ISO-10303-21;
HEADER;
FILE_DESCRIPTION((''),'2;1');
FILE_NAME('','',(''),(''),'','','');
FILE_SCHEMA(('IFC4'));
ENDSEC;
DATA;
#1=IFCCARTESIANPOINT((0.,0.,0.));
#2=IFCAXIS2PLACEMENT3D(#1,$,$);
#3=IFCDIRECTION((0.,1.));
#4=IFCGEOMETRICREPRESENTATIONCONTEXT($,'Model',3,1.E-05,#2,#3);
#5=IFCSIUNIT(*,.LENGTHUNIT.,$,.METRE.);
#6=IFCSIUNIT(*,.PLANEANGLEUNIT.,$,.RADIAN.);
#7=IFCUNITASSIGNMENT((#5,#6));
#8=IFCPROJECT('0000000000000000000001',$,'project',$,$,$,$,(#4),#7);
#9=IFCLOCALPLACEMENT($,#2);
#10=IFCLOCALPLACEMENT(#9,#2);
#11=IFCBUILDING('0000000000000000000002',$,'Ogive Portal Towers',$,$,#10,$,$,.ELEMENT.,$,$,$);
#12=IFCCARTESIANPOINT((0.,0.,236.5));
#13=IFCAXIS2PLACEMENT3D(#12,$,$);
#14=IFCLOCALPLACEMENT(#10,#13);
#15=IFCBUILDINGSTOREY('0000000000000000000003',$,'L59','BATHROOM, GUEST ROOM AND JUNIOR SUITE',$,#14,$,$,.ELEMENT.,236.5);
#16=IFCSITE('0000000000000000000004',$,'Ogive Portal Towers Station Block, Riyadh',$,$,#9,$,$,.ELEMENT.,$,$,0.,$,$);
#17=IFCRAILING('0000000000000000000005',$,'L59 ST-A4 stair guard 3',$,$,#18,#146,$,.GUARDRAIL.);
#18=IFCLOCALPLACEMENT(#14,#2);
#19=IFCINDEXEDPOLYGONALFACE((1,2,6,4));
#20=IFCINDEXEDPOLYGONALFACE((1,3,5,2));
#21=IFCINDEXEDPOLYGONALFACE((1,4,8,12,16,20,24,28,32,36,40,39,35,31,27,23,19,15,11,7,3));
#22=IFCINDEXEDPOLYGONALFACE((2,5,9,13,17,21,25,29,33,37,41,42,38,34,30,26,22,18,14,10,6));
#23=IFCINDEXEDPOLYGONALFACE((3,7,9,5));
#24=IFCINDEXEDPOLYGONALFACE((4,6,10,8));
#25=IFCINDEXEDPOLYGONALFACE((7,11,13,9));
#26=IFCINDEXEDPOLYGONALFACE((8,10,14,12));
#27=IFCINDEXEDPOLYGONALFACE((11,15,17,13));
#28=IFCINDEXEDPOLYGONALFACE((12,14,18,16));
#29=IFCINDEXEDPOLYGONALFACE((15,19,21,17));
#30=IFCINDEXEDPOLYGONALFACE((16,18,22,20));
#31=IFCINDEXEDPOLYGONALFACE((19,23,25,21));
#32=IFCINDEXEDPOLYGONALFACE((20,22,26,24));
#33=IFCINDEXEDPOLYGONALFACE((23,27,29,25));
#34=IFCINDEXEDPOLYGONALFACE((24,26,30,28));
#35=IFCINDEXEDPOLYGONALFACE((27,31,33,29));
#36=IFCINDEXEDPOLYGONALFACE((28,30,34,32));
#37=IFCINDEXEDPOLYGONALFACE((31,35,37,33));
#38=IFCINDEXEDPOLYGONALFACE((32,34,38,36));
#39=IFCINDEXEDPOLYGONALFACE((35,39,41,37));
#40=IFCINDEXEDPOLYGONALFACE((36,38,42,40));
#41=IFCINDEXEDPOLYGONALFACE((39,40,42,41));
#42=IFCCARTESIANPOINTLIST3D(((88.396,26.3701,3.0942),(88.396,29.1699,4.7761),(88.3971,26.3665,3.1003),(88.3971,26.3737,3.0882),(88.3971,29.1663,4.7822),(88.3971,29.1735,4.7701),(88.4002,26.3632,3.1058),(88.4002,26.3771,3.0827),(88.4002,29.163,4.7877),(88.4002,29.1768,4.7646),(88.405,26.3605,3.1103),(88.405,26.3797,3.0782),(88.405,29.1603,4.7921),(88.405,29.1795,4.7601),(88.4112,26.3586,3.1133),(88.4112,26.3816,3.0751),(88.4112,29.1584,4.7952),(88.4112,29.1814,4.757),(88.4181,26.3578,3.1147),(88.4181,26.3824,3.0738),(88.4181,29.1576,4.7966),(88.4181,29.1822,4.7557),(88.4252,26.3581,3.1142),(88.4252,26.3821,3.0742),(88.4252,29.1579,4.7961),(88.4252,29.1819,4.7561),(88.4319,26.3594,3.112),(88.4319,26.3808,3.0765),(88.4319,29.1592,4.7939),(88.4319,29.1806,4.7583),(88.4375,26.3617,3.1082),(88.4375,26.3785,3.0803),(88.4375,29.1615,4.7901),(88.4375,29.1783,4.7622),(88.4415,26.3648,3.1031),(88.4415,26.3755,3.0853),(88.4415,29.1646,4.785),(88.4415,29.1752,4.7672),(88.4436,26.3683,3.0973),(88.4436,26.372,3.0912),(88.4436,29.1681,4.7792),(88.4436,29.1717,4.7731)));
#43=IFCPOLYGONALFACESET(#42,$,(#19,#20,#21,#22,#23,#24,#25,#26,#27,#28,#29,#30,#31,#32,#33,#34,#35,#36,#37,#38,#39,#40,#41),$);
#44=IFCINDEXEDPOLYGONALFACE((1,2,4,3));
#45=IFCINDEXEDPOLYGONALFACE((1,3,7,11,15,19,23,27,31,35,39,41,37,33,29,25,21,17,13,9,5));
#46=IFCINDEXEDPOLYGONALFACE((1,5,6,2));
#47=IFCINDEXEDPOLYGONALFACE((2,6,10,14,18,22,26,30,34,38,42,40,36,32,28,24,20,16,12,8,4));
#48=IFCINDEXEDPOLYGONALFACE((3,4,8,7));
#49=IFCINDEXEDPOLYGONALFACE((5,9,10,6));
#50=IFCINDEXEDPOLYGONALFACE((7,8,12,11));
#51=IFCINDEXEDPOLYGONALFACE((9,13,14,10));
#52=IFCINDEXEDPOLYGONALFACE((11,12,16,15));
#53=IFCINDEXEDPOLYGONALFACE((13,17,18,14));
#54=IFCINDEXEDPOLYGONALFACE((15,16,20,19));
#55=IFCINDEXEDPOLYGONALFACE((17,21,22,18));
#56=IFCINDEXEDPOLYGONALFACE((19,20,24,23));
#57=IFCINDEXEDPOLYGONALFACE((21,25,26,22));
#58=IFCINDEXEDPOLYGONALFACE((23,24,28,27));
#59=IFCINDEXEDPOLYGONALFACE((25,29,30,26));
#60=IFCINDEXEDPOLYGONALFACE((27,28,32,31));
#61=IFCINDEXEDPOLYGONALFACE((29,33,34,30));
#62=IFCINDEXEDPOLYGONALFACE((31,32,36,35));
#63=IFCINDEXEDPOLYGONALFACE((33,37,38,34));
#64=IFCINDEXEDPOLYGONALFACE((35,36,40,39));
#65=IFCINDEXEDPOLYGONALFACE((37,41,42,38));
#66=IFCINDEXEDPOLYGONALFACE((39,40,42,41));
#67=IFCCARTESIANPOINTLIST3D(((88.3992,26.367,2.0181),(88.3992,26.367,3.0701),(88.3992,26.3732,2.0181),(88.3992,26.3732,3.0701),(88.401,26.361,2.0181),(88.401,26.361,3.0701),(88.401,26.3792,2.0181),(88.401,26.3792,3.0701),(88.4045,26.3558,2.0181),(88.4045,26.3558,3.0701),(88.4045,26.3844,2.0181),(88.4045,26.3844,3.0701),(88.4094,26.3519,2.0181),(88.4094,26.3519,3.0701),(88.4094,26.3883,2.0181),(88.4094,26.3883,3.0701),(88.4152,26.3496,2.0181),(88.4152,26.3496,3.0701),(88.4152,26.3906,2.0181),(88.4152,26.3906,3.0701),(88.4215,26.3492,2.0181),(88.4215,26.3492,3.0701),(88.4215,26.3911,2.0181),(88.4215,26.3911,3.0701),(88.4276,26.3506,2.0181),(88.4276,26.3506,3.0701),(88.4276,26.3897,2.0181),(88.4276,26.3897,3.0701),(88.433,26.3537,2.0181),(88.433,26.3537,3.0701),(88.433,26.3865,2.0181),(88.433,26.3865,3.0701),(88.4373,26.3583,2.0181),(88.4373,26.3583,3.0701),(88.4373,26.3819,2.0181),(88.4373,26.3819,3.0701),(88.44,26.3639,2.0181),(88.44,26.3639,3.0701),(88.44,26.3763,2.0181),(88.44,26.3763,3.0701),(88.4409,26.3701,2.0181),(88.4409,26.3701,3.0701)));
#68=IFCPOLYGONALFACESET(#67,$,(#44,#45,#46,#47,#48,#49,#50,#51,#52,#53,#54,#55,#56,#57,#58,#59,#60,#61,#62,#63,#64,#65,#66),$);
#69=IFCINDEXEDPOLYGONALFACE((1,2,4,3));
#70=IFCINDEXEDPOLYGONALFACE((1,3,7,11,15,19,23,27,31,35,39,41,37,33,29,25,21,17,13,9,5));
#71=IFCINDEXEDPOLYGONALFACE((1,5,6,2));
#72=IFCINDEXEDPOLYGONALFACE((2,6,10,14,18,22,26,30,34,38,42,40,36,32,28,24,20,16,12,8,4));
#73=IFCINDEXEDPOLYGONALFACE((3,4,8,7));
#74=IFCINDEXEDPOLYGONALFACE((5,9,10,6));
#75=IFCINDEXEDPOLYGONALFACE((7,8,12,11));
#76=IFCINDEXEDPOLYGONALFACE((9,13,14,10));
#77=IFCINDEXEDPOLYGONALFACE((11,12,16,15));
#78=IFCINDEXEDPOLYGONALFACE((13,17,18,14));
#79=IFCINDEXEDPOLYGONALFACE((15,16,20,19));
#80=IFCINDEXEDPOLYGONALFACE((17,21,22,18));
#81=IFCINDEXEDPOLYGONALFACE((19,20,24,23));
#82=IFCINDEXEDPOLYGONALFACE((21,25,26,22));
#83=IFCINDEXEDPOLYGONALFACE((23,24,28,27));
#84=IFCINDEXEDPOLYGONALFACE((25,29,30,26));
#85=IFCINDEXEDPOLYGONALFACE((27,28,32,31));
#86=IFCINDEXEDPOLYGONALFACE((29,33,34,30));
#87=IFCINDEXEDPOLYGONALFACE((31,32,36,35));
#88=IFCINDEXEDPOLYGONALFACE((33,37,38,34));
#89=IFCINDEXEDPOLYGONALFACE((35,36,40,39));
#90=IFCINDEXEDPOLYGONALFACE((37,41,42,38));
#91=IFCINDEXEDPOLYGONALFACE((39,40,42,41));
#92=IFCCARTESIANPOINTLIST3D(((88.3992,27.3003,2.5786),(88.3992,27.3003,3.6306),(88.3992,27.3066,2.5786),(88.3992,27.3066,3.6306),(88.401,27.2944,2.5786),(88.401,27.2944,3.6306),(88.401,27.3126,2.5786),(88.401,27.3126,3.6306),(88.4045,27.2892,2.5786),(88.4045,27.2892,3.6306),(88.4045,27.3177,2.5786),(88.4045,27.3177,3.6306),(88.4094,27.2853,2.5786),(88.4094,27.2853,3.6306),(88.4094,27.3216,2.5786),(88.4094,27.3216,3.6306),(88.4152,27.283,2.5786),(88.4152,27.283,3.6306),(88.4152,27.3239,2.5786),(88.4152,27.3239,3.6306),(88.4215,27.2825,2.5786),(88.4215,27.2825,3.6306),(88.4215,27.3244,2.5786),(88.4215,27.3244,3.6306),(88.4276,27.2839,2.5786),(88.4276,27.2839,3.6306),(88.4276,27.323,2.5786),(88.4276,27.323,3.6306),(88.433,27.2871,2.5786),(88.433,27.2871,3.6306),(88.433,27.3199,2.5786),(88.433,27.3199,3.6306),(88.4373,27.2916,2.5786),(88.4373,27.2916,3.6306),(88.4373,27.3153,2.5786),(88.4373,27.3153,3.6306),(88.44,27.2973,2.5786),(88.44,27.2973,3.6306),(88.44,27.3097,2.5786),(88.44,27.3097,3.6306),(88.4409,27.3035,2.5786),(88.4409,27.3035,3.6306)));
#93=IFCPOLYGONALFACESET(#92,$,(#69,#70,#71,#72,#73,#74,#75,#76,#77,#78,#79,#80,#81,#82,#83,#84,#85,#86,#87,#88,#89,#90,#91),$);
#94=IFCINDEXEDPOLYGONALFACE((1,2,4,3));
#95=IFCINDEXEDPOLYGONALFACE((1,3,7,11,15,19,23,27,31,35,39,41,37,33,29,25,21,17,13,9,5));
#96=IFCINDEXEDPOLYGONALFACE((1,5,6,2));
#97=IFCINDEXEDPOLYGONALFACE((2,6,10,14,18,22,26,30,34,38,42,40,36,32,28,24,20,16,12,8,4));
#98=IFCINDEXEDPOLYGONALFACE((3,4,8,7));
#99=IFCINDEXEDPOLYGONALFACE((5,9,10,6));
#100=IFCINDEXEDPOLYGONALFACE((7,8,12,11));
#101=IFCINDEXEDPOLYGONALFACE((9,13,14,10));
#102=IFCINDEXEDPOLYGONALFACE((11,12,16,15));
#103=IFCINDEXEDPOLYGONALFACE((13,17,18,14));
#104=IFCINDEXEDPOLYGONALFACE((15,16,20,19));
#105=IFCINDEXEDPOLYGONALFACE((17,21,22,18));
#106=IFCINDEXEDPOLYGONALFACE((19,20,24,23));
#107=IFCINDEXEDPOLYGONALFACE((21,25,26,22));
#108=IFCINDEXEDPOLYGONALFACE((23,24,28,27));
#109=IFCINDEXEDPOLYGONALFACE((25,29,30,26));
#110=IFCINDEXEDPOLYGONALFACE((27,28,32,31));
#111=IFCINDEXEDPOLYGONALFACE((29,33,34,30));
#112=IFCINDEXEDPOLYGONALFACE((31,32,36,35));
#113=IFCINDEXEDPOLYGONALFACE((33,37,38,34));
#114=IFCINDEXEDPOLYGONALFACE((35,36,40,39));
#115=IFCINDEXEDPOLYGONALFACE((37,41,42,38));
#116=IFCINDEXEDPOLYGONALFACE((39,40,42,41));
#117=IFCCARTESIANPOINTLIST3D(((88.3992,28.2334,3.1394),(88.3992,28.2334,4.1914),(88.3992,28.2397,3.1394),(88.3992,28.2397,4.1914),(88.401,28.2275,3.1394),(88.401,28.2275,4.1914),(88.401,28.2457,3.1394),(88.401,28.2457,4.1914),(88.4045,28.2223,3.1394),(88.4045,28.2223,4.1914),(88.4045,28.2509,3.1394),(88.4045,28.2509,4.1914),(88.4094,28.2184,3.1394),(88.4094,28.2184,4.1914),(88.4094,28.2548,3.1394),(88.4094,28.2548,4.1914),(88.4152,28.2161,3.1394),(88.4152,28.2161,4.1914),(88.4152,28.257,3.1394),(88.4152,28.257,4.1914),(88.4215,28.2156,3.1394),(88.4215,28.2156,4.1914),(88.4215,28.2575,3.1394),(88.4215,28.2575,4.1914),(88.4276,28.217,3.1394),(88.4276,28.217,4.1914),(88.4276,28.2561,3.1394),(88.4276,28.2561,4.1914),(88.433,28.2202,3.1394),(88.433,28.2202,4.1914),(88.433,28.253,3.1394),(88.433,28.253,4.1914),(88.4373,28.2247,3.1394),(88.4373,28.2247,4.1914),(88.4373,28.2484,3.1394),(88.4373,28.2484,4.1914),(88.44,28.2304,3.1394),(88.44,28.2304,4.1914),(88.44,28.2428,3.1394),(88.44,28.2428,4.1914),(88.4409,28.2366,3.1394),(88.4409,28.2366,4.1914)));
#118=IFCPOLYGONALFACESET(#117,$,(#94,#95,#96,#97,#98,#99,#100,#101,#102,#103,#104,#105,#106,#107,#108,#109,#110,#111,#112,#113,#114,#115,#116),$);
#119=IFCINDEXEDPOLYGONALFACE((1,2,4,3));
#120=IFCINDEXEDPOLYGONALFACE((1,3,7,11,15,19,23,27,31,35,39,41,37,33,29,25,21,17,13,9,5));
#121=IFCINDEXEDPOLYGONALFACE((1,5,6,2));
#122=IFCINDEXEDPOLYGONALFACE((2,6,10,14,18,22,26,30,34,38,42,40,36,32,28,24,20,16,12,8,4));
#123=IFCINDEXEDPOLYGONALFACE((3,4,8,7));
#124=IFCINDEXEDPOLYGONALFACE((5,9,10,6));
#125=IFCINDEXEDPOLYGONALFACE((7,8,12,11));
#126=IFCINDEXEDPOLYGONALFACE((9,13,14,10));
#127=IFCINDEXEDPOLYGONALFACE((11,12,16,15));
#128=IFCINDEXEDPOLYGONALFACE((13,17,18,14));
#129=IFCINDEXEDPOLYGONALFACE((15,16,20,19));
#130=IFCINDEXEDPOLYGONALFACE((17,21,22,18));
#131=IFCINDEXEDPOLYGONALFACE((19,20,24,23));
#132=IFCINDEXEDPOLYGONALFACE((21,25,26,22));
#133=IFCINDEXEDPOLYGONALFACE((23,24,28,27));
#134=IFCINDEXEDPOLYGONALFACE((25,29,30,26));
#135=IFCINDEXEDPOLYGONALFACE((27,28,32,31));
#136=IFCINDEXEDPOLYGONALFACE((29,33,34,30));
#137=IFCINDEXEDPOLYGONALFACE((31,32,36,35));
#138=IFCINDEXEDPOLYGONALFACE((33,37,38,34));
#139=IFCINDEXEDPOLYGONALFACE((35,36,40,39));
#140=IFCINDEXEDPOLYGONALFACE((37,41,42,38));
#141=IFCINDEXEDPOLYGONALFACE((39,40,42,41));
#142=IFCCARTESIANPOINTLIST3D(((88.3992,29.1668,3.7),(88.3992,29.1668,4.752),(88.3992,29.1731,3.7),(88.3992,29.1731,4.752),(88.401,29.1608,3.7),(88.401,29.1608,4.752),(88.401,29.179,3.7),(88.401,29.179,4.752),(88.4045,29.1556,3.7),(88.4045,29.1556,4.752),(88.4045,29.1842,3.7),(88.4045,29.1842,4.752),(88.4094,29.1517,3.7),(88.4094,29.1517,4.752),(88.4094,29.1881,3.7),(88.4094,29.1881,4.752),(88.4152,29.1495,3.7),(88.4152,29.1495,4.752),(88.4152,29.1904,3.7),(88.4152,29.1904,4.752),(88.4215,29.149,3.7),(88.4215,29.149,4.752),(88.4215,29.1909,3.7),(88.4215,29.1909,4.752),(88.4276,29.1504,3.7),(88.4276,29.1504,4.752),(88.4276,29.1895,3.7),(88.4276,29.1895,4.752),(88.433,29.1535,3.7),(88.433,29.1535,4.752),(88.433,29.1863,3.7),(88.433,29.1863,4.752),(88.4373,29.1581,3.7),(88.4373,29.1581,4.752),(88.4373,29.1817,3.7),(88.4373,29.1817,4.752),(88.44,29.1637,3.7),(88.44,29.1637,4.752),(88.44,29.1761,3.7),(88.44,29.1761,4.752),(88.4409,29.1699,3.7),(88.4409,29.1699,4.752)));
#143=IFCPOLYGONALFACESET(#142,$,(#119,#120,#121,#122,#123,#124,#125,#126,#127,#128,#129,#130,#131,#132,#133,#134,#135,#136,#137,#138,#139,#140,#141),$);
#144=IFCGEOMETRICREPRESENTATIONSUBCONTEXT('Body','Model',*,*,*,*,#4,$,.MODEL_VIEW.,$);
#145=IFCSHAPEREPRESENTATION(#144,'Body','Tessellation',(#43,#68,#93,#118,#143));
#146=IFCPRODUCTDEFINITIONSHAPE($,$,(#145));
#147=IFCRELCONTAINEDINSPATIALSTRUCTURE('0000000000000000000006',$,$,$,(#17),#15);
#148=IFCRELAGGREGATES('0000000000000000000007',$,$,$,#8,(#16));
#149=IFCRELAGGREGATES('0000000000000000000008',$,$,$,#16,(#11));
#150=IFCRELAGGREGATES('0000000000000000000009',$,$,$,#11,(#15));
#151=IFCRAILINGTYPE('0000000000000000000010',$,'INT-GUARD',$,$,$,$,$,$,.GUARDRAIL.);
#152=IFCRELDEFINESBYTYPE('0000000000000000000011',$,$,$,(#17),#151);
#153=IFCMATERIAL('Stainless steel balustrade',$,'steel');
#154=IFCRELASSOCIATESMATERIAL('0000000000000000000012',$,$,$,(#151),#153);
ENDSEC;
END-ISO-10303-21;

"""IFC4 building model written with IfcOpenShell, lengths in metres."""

from ifc_helpers import new_model, si_unit, direction, frame, origin, origin_2d, place, context, subcontext, project, spatial, circle, extrude, material, type_object, element, save


model = new_model("IFC4")

# Units and contexts
model_context = context("Model", 3, precision=1e-05, world=origin(), true_north=direction((0.0, 1.0)))
body_context = subcontext(model_context, "Body", "Model", "MODEL_VIEW")
ifc_project = project(units=[si_unit("LENGTHUNIT", "METRE"), si_unit("PLANEANGLEUNIT", "RADIAN")], contexts=[model_context])

# Site, building, storey
site_placement = place(None, origin())
site = spatial("IfcSite", under=ifc_project, at=site_placement, Name="Ogive Portal Towers Station Block, Riyadh", CompositionType="ELEMENT", RefElevation=0.0)
building_placement = place(site_placement, origin())
building = spatial("IfcBuilding", under=site, at=building_placement, Name="Ogive Portal Towers", CompositionType="ELEMENT")
storey_placement = place(building_placement, frame((0.0, 0.0, 236.5)))
storey = spatial("IfcBuildingStorey", under=building, at=storey_placement, Name="L59", Description="BATHROOM, GUEST ROOM AND JUNIOR SUITE", CompositionType="ELEMENT", Elevation=236.5)

# Railing
ifc_material_1 = material(Name="Stainless steel balustrade", Category="steel")
railing_type_1 = type_object("IfcRailingType", Name="INT-GUARD", PredefinedType="GUARDRAIL", material=ifc_material_1)
railing_1_placement = place(storey_placement, frame((88.4199, 26.3701, 2.0181)))
element("IfcRailing", 1, at=railing_1_placement, inside=storey, type_object=railing_type_1, Name="L59 ST-A4 stair guard 3", PredefinedType="GUARDRAIL", context=body_context, shape_type="SweptSolid", body=[
    extrude(circle(Radius=0.0239, at=origin_2d()), frame((0.0, 0.0, 1.0762), z_axis=(0.0, 0.857222, 0.514946), x_axis=(-1.0, 0.0, 0.0)), (0.0, 0.0, 1.0), 3.2661),
    extrude(circle(Radius=0.021, at=origin_2d()), origin(), (0.0, 0.0, 1.0), 1.052),
    extrude(circle(Radius=0.021, at=origin_2d()), frame((0.0, 0.9333, 0.5605)), (0.0, 0.0, 1.0), 1.052),
    extrude(circle(Radius=0.021, at=origin_2d()), frame((0.0, 1.8665, 1.1213)), (0.0, 0.0, 1.0), 1.052),
    extrude(circle(Radius=0.021, at=origin_2d()), frame((0.0, 2.7998, 1.6819)), (0.0, 0.0, 1.0), 1.052),
])

save(model, "model.ifc")
